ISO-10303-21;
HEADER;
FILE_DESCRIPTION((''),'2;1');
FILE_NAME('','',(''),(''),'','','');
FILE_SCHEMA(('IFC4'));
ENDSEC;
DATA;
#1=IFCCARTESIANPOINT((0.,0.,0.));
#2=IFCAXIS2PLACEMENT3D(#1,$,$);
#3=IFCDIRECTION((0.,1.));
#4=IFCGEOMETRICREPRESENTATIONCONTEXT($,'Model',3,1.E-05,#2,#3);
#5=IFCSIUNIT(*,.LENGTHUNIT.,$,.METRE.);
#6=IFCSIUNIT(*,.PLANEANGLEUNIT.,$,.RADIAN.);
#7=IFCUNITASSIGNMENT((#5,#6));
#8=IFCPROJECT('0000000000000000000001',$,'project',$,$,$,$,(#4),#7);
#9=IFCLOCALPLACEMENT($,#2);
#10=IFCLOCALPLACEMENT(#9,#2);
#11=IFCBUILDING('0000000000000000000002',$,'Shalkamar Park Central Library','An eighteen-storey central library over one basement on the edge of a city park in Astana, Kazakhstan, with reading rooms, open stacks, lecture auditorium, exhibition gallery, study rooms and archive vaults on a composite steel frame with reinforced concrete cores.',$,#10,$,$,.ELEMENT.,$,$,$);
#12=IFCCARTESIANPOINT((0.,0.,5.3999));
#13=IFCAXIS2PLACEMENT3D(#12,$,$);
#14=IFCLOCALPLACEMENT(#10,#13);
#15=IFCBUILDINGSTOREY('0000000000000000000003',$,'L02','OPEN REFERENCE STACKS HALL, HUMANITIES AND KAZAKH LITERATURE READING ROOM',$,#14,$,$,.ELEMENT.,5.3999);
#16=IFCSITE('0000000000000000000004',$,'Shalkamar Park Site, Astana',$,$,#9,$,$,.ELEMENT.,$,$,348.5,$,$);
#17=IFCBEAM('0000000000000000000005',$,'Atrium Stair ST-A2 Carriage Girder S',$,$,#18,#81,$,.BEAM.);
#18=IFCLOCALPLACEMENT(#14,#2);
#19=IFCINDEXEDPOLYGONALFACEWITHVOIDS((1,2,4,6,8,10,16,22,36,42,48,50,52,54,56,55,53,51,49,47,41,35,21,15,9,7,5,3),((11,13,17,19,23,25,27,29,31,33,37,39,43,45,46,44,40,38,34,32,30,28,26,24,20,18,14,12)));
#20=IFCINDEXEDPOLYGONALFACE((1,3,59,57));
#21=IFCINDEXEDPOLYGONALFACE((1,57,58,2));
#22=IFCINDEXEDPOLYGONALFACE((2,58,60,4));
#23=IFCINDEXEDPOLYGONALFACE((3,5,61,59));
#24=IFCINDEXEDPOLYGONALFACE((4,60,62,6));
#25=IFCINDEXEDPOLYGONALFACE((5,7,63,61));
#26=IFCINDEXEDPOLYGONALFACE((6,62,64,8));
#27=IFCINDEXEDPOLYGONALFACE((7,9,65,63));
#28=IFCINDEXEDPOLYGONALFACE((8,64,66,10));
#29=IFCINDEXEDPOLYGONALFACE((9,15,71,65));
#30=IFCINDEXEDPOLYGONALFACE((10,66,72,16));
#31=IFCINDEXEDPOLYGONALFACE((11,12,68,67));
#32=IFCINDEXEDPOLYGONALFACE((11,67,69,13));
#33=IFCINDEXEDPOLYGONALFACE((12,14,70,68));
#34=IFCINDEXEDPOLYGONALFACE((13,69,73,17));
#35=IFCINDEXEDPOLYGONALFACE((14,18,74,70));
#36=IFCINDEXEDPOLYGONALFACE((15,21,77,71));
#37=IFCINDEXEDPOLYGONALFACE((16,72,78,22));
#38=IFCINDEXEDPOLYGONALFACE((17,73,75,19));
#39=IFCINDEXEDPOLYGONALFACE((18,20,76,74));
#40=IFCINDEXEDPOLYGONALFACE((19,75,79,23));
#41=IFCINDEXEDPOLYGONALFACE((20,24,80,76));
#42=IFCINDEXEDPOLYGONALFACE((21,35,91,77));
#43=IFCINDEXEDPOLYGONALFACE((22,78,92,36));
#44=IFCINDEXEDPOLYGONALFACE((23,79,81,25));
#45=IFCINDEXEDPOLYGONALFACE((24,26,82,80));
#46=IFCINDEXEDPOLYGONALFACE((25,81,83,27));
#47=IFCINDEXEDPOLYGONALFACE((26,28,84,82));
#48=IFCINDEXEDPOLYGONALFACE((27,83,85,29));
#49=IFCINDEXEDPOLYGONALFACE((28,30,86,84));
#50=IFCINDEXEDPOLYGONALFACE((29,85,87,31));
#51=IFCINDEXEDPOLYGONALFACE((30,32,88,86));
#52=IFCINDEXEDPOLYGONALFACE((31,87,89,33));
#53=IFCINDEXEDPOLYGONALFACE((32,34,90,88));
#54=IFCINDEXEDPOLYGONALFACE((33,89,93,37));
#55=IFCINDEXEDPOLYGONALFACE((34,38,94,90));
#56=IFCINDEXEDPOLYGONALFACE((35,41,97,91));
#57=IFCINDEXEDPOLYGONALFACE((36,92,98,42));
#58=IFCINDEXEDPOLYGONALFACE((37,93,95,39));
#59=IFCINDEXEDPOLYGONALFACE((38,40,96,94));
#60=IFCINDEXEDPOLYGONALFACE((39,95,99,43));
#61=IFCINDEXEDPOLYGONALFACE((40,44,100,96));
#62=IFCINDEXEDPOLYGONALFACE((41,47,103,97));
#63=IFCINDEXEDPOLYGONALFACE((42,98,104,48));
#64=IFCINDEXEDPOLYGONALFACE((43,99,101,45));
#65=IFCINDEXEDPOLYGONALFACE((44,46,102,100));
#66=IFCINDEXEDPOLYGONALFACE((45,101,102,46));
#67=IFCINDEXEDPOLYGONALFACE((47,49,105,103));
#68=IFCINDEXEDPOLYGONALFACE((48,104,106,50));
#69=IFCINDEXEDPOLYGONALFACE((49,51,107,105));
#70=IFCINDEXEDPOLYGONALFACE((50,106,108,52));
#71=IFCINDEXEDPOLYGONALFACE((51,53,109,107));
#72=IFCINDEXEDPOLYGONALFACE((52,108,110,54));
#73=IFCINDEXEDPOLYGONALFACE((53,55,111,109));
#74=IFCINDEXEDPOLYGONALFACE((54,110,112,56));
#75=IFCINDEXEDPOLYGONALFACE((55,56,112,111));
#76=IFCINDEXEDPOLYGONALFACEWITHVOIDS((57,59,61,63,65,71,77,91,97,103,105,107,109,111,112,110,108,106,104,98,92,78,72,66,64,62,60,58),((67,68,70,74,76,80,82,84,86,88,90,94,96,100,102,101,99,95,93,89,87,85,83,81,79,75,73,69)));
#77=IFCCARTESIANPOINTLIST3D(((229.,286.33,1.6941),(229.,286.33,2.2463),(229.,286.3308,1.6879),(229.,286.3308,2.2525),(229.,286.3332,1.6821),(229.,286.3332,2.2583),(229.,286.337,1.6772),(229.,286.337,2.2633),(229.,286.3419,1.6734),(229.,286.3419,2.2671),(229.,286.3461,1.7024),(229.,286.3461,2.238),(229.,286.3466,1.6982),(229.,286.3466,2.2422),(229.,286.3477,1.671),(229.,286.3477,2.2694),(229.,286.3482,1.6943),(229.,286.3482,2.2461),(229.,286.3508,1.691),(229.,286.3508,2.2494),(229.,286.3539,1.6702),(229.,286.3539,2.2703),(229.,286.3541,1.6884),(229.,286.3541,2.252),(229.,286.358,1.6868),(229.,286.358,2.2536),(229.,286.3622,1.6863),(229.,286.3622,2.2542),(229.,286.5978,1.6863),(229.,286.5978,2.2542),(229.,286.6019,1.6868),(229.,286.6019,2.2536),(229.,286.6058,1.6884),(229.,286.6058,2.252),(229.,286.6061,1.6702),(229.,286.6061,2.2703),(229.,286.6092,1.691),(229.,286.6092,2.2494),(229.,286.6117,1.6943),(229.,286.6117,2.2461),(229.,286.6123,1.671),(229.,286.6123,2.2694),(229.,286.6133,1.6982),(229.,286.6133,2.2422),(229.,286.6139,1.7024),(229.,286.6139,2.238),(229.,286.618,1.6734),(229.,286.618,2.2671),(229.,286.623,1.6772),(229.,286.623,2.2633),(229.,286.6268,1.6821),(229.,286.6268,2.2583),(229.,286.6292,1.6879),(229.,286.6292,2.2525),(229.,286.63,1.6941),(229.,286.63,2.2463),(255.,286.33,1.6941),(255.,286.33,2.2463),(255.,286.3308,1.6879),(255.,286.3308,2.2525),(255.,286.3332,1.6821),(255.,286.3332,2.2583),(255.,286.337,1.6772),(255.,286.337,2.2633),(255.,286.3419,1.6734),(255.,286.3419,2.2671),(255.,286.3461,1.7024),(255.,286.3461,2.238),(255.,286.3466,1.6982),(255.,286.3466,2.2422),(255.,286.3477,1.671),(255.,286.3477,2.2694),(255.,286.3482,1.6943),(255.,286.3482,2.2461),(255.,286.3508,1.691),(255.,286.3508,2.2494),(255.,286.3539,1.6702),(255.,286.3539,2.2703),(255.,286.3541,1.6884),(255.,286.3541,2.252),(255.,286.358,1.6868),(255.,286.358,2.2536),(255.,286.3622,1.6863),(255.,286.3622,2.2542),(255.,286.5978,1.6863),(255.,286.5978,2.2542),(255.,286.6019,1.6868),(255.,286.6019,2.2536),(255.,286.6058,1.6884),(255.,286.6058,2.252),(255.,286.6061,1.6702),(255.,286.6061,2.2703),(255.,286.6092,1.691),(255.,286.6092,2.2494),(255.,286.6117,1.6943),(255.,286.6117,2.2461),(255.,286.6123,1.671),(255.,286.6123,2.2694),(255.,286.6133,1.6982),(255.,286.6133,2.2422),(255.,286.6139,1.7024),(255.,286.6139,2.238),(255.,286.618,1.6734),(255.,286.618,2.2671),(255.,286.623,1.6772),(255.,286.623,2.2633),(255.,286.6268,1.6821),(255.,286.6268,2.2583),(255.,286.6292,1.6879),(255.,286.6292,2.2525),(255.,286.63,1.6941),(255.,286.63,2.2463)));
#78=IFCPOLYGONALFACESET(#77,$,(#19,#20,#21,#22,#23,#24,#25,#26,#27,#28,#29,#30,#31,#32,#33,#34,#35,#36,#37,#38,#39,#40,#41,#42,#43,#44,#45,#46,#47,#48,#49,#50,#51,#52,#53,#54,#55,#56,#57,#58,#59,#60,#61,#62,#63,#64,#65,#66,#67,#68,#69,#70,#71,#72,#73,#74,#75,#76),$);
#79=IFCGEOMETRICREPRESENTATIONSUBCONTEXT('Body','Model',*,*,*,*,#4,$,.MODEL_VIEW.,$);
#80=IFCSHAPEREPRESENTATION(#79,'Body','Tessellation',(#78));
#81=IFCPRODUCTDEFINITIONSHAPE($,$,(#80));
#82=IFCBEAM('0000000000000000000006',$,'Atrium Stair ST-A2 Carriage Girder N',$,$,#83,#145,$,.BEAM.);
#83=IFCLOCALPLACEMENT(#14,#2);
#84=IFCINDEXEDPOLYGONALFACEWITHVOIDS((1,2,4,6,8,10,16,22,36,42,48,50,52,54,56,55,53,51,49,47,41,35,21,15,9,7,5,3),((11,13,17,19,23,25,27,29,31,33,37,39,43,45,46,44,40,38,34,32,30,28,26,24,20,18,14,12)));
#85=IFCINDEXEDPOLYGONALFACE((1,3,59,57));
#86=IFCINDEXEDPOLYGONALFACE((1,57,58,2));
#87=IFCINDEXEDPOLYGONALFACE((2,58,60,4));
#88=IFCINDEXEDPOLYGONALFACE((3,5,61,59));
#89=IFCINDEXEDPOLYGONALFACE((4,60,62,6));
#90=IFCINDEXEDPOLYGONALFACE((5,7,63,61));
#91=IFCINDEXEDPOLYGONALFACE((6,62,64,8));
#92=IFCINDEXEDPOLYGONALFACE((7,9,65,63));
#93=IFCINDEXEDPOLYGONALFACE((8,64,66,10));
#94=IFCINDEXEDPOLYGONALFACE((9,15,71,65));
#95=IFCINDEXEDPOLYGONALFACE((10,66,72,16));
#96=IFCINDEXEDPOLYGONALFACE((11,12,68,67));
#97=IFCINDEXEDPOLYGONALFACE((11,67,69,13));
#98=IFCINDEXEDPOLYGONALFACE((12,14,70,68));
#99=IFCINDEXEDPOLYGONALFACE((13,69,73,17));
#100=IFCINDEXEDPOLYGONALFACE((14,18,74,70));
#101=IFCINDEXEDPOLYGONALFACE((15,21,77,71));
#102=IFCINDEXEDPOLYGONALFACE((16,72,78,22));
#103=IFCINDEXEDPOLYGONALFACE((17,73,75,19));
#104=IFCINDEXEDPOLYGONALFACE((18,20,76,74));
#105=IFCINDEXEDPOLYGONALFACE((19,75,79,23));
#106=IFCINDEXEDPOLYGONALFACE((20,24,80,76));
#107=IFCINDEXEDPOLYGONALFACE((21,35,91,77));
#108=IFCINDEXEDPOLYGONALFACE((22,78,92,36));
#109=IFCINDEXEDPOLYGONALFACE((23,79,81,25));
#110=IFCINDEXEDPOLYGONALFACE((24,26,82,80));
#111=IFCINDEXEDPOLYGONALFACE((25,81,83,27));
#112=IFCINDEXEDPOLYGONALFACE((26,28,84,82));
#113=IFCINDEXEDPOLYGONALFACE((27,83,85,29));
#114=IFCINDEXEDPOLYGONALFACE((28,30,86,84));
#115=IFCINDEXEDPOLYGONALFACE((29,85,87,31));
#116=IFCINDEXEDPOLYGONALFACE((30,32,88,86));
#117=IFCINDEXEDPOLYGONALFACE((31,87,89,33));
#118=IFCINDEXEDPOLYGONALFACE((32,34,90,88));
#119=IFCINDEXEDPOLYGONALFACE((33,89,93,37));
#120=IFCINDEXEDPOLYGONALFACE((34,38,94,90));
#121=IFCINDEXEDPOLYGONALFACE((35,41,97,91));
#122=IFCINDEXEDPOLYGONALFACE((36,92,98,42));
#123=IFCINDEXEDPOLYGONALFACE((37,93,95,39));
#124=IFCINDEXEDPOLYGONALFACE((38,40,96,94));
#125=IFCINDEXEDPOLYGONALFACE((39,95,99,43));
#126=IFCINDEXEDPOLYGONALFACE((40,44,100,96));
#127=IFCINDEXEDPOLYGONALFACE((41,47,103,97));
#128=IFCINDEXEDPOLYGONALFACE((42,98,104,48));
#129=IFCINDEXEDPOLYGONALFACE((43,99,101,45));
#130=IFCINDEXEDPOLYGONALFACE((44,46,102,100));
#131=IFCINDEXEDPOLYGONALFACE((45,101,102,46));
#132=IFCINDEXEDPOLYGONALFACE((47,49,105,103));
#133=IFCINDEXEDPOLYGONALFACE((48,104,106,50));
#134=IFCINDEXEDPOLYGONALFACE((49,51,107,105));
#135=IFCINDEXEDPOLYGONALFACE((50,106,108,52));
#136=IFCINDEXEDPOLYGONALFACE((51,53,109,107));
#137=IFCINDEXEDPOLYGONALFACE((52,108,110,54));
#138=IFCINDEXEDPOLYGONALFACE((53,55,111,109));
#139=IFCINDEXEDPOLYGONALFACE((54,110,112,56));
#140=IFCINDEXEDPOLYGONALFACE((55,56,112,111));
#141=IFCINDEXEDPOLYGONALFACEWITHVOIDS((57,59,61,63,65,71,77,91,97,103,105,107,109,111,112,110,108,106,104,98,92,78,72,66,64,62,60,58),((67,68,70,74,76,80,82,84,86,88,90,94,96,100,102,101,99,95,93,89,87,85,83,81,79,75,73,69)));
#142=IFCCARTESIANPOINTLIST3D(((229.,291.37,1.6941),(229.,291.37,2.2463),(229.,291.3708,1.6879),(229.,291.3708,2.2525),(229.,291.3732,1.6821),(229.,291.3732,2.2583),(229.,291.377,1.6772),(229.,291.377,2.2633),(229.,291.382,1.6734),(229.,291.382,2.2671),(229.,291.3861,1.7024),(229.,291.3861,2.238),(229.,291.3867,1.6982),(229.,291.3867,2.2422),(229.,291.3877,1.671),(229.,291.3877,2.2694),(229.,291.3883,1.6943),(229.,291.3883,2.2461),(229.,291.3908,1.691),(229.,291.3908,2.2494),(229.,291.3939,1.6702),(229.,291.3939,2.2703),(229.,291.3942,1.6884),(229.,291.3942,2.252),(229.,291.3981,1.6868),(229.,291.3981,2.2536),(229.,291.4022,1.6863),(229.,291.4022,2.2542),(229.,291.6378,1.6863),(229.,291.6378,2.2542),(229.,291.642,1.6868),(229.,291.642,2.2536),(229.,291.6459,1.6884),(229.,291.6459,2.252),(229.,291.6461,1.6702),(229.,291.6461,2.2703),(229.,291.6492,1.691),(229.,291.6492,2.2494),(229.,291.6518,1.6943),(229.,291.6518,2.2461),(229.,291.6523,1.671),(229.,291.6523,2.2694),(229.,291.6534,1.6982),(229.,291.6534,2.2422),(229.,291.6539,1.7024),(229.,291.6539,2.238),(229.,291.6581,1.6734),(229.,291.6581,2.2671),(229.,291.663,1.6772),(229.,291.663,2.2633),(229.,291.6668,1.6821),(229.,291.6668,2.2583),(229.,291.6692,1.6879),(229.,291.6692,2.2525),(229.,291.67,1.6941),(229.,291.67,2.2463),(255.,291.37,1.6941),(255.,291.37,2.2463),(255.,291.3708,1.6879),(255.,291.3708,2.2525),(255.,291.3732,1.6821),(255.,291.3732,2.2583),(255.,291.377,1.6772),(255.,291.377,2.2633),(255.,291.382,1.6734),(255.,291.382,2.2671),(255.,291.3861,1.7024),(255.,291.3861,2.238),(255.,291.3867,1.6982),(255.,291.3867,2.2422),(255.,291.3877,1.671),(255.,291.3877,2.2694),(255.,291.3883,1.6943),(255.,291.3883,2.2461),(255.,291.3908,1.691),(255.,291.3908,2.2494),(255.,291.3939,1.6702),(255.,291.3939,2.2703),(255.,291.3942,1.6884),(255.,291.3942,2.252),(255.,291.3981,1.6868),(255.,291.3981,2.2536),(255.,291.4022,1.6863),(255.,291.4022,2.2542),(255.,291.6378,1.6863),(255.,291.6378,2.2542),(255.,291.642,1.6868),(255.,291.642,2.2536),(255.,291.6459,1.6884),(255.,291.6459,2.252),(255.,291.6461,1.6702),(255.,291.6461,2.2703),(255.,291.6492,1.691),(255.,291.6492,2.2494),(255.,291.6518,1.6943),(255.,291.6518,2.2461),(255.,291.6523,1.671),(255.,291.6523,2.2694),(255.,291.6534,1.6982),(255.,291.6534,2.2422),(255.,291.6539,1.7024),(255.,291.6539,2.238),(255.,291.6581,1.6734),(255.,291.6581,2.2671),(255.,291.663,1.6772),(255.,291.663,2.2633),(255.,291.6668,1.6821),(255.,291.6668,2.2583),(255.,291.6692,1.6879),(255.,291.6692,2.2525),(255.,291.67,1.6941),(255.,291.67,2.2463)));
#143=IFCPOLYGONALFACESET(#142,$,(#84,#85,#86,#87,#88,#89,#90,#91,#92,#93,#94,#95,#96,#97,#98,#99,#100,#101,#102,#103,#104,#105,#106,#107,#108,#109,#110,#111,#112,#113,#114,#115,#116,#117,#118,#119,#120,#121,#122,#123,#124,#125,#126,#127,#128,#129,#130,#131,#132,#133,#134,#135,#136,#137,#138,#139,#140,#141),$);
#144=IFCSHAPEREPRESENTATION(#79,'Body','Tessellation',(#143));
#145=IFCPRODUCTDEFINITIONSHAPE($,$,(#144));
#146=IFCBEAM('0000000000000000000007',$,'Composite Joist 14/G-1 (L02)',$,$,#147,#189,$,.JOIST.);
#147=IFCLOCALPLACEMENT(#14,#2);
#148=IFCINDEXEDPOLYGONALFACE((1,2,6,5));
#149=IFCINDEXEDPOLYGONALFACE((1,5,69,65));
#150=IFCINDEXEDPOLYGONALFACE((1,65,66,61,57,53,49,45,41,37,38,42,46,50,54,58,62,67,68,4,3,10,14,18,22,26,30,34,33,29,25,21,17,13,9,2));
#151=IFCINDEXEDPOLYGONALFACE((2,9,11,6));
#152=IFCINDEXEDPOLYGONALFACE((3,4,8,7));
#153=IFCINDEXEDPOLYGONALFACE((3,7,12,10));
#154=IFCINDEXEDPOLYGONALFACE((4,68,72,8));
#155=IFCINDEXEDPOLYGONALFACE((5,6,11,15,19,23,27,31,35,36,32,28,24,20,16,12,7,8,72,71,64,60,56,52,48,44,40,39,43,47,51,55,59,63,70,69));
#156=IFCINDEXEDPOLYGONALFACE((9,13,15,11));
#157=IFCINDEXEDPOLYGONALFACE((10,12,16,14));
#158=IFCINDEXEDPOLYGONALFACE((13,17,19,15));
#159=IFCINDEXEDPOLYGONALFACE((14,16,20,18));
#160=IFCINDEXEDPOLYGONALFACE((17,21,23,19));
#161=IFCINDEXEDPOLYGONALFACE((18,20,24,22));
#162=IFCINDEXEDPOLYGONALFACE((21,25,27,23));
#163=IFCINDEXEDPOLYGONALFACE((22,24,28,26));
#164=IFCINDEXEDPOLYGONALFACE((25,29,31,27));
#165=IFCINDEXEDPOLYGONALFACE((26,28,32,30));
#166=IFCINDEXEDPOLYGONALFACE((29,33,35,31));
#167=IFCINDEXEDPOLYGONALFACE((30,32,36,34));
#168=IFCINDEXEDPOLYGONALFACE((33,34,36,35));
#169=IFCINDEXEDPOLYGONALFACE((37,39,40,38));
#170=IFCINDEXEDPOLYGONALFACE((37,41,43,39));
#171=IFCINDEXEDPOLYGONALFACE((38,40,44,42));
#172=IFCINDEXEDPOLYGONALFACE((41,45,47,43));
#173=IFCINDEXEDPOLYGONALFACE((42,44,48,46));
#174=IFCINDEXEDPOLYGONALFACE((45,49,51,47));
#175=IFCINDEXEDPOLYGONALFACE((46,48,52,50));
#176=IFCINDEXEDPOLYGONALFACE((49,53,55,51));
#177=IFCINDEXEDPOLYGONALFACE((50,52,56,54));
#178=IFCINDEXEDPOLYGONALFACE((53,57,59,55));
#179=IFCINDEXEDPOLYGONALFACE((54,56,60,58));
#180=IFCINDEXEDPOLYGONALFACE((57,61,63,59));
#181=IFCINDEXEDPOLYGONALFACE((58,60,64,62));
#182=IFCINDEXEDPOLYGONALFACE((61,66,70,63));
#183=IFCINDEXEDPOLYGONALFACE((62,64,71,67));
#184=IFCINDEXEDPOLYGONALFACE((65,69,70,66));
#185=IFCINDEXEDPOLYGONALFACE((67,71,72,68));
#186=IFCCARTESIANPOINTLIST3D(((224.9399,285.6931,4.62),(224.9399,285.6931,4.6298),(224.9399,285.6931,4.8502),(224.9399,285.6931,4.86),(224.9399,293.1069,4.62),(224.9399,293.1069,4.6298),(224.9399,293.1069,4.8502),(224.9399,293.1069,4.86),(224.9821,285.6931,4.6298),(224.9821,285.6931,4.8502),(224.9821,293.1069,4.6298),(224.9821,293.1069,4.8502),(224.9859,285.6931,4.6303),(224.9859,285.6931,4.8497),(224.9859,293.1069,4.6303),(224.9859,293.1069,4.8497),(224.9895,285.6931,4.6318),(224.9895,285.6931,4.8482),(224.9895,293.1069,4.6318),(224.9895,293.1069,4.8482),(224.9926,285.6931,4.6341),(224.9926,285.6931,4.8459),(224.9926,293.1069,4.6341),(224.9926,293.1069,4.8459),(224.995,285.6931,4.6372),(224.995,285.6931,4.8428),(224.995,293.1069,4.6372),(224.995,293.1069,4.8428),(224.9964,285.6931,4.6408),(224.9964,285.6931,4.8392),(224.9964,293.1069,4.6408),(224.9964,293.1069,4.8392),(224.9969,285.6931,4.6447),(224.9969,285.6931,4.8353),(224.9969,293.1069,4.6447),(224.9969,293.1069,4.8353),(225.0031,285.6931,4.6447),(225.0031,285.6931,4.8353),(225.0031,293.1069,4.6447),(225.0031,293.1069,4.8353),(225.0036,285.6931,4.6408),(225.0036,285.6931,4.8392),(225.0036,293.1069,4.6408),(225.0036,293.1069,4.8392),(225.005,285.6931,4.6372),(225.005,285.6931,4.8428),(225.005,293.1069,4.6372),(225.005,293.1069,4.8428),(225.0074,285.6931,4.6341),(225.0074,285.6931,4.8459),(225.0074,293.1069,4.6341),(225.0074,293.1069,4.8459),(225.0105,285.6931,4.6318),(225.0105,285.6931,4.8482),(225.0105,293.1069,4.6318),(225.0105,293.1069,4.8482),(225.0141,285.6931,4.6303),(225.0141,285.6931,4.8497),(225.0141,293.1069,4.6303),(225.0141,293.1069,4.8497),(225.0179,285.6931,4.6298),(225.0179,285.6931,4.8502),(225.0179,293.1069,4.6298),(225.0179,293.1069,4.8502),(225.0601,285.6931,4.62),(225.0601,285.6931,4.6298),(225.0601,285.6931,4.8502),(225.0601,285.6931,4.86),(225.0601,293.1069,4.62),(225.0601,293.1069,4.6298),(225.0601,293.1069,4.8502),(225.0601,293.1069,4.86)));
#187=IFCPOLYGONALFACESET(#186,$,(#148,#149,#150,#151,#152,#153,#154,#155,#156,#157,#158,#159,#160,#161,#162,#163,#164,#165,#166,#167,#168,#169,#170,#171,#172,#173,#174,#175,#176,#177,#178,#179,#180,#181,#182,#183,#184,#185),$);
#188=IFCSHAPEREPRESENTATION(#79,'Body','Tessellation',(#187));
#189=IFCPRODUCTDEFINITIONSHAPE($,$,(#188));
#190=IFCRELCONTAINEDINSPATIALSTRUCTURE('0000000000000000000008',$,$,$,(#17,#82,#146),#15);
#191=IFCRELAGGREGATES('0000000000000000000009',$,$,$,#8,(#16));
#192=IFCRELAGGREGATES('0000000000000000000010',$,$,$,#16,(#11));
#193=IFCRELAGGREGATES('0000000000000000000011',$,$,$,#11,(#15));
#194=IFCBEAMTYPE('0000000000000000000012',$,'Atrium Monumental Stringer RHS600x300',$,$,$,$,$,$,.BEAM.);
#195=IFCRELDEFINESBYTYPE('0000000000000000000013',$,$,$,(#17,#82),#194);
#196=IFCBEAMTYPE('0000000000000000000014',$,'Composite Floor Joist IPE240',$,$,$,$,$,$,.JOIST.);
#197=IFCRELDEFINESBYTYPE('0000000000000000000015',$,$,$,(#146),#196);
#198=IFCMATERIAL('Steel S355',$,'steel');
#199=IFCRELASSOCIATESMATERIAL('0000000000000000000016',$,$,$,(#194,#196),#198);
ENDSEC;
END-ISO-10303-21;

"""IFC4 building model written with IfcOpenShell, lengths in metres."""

from ifc_helpers import new_model, si_unit, direction, frame, origin, origin_2d, place, context, subcontext, project, spatial, hollow_rectangle, i_section, extrude, material, material_profile, profile_set, type_object, element, save


model = new_model("IFC4")

# Units and contexts
model_context = context("Model", 3, precision=1e-05, world=origin(), true_north=direction((0.0, 1.0)))
body_context = subcontext(model_context, "Body", "Model", "MODEL_VIEW")
ifc_project = project(units=[si_unit("LENGTHUNIT", "METRE"), si_unit("PLANEANGLEUNIT", "RADIAN")], contexts=[model_context])

# Site, building, storey
site_placement = place(None, origin())
site = spatial("IfcSite", under=ifc_project, at=site_placement, Name="Shalkamar Park Site, Astana", CompositionType="ELEMENT", RefElevation=348.5)
building_placement = place(site_placement, origin())
building = spatial("IfcBuilding", under=site, at=building_placement, Name="Shalkamar Park Central Library", Description="An eighteen-storey central library over one basement on the edge of a city park in Astana, Kazakhstan, with reading rooms, open stacks, lecture auditorium, exhibition gallery, study rooms and archive vaults on a composite steel frame with reinforced concrete cores.", CompositionType="ELEMENT")
storey_placement = place(building_placement, frame((0.0, 0.0, 5.3999)))
storey = spatial("IfcBuildingStorey", under=building, at=storey_placement, Name="L02", Description="OPEN REFERENCE STACKS HALL, HUMANITIES AND KAZAKH LITERATURE READING ROOM", CompositionType="ELEMENT", Elevation=5.3999)

# Shared definitions
ifc_material_1 = material(Name="Steel S355", Category="steel")

# Beams
ifc_material_profile_1 = material_profile(ifc_material_1, hollow_rectangle(XDim=0.3, YDim=0.6001, WallThickness=0.0161, InnerFilletRadius=0.0161, OuterFilletRadius=0.0239, at=origin_2d()), Name="RHS 600x300x16")
ifc_profile_set_1 = profile_set([ifc_material_profile_1], Name="Steel S355")
beam_type_1 = type_object("IfcBeamType", Name="Atrium Monumental Stringer RHS600x300", PredefinedType="BEAM", material=ifc_profile_set_1)
for number, where, z_axis, x_axis, name in (
    (1, (229.0, 286.48, 1.9702), (1.0, 0.0, 0.0), (0.0, 1.0, 0.0), "Atrium Stair ST-A2 Carriage Girder S"),
    (2, (229.0, 291.52, 1.9702), (1.0, 0.0, 0.0), (0.0, 1.0, 0.0), "Atrium Stair ST-A2 Carriage Girder N"),
):
    element("IfcBeam", number, at=place(storey_placement, frame(where, z_axis=z_axis, x_axis=x_axis)), inside=storey, type_object=beam_type_1, Name=name, PredefinedType="BEAM", context=body_context, shape_type="SweptSolid", body=[
        extrude(hollow_rectangle(XDim=0.3, YDim=0.6001, WallThickness=0.0161, InnerFilletRadius=0.0161, OuterFilletRadius=0.0239, at=origin_2d()), origin(), (0.0, 0.0, 1.0), 26.0),
    ])
ifc_material_profile_2 = material_profile(ifc_material_1, i_section(OverallWidth=0.1201, OverallDepth=0.24, WebThickness=0.0061, FlangeThickness=0.0098, FilletRadius=0.0149, at=origin_2d()), Name="IPE 240")
ifc_profile_set_2 = profile_set([ifc_material_profile_2], Name="Steel S355")
beam_type_2 = type_object("IfcBeamType", Name="Composite Floor Joist IPE240", PredefinedType="JOIST", material=ifc_profile_set_2)
beam_1_placement = place(storey_placement, frame((225.0, 285.6931, 4.74), z_axis=(0.0, 1.0, 0.0), x_axis=(-1.0, 0.0, 0.0)))
element("IfcBeam", 3, at=beam_1_placement, inside=storey, type_object=beam_type_2, Name="Composite Joist 14/G-1 (L02)", PredefinedType="JOIST", context=body_context, shape_type="SweptSolid", body=[
    extrude(i_section(OverallWidth=0.1201, OverallDepth=0.24, WebThickness=0.0061, FlangeThickness=0.0098, FilletRadius=0.0149, at=origin_2d()), origin(), (0.0, 0.0, 1.0), 7.4138),
])

save(model, "model.ifc")
